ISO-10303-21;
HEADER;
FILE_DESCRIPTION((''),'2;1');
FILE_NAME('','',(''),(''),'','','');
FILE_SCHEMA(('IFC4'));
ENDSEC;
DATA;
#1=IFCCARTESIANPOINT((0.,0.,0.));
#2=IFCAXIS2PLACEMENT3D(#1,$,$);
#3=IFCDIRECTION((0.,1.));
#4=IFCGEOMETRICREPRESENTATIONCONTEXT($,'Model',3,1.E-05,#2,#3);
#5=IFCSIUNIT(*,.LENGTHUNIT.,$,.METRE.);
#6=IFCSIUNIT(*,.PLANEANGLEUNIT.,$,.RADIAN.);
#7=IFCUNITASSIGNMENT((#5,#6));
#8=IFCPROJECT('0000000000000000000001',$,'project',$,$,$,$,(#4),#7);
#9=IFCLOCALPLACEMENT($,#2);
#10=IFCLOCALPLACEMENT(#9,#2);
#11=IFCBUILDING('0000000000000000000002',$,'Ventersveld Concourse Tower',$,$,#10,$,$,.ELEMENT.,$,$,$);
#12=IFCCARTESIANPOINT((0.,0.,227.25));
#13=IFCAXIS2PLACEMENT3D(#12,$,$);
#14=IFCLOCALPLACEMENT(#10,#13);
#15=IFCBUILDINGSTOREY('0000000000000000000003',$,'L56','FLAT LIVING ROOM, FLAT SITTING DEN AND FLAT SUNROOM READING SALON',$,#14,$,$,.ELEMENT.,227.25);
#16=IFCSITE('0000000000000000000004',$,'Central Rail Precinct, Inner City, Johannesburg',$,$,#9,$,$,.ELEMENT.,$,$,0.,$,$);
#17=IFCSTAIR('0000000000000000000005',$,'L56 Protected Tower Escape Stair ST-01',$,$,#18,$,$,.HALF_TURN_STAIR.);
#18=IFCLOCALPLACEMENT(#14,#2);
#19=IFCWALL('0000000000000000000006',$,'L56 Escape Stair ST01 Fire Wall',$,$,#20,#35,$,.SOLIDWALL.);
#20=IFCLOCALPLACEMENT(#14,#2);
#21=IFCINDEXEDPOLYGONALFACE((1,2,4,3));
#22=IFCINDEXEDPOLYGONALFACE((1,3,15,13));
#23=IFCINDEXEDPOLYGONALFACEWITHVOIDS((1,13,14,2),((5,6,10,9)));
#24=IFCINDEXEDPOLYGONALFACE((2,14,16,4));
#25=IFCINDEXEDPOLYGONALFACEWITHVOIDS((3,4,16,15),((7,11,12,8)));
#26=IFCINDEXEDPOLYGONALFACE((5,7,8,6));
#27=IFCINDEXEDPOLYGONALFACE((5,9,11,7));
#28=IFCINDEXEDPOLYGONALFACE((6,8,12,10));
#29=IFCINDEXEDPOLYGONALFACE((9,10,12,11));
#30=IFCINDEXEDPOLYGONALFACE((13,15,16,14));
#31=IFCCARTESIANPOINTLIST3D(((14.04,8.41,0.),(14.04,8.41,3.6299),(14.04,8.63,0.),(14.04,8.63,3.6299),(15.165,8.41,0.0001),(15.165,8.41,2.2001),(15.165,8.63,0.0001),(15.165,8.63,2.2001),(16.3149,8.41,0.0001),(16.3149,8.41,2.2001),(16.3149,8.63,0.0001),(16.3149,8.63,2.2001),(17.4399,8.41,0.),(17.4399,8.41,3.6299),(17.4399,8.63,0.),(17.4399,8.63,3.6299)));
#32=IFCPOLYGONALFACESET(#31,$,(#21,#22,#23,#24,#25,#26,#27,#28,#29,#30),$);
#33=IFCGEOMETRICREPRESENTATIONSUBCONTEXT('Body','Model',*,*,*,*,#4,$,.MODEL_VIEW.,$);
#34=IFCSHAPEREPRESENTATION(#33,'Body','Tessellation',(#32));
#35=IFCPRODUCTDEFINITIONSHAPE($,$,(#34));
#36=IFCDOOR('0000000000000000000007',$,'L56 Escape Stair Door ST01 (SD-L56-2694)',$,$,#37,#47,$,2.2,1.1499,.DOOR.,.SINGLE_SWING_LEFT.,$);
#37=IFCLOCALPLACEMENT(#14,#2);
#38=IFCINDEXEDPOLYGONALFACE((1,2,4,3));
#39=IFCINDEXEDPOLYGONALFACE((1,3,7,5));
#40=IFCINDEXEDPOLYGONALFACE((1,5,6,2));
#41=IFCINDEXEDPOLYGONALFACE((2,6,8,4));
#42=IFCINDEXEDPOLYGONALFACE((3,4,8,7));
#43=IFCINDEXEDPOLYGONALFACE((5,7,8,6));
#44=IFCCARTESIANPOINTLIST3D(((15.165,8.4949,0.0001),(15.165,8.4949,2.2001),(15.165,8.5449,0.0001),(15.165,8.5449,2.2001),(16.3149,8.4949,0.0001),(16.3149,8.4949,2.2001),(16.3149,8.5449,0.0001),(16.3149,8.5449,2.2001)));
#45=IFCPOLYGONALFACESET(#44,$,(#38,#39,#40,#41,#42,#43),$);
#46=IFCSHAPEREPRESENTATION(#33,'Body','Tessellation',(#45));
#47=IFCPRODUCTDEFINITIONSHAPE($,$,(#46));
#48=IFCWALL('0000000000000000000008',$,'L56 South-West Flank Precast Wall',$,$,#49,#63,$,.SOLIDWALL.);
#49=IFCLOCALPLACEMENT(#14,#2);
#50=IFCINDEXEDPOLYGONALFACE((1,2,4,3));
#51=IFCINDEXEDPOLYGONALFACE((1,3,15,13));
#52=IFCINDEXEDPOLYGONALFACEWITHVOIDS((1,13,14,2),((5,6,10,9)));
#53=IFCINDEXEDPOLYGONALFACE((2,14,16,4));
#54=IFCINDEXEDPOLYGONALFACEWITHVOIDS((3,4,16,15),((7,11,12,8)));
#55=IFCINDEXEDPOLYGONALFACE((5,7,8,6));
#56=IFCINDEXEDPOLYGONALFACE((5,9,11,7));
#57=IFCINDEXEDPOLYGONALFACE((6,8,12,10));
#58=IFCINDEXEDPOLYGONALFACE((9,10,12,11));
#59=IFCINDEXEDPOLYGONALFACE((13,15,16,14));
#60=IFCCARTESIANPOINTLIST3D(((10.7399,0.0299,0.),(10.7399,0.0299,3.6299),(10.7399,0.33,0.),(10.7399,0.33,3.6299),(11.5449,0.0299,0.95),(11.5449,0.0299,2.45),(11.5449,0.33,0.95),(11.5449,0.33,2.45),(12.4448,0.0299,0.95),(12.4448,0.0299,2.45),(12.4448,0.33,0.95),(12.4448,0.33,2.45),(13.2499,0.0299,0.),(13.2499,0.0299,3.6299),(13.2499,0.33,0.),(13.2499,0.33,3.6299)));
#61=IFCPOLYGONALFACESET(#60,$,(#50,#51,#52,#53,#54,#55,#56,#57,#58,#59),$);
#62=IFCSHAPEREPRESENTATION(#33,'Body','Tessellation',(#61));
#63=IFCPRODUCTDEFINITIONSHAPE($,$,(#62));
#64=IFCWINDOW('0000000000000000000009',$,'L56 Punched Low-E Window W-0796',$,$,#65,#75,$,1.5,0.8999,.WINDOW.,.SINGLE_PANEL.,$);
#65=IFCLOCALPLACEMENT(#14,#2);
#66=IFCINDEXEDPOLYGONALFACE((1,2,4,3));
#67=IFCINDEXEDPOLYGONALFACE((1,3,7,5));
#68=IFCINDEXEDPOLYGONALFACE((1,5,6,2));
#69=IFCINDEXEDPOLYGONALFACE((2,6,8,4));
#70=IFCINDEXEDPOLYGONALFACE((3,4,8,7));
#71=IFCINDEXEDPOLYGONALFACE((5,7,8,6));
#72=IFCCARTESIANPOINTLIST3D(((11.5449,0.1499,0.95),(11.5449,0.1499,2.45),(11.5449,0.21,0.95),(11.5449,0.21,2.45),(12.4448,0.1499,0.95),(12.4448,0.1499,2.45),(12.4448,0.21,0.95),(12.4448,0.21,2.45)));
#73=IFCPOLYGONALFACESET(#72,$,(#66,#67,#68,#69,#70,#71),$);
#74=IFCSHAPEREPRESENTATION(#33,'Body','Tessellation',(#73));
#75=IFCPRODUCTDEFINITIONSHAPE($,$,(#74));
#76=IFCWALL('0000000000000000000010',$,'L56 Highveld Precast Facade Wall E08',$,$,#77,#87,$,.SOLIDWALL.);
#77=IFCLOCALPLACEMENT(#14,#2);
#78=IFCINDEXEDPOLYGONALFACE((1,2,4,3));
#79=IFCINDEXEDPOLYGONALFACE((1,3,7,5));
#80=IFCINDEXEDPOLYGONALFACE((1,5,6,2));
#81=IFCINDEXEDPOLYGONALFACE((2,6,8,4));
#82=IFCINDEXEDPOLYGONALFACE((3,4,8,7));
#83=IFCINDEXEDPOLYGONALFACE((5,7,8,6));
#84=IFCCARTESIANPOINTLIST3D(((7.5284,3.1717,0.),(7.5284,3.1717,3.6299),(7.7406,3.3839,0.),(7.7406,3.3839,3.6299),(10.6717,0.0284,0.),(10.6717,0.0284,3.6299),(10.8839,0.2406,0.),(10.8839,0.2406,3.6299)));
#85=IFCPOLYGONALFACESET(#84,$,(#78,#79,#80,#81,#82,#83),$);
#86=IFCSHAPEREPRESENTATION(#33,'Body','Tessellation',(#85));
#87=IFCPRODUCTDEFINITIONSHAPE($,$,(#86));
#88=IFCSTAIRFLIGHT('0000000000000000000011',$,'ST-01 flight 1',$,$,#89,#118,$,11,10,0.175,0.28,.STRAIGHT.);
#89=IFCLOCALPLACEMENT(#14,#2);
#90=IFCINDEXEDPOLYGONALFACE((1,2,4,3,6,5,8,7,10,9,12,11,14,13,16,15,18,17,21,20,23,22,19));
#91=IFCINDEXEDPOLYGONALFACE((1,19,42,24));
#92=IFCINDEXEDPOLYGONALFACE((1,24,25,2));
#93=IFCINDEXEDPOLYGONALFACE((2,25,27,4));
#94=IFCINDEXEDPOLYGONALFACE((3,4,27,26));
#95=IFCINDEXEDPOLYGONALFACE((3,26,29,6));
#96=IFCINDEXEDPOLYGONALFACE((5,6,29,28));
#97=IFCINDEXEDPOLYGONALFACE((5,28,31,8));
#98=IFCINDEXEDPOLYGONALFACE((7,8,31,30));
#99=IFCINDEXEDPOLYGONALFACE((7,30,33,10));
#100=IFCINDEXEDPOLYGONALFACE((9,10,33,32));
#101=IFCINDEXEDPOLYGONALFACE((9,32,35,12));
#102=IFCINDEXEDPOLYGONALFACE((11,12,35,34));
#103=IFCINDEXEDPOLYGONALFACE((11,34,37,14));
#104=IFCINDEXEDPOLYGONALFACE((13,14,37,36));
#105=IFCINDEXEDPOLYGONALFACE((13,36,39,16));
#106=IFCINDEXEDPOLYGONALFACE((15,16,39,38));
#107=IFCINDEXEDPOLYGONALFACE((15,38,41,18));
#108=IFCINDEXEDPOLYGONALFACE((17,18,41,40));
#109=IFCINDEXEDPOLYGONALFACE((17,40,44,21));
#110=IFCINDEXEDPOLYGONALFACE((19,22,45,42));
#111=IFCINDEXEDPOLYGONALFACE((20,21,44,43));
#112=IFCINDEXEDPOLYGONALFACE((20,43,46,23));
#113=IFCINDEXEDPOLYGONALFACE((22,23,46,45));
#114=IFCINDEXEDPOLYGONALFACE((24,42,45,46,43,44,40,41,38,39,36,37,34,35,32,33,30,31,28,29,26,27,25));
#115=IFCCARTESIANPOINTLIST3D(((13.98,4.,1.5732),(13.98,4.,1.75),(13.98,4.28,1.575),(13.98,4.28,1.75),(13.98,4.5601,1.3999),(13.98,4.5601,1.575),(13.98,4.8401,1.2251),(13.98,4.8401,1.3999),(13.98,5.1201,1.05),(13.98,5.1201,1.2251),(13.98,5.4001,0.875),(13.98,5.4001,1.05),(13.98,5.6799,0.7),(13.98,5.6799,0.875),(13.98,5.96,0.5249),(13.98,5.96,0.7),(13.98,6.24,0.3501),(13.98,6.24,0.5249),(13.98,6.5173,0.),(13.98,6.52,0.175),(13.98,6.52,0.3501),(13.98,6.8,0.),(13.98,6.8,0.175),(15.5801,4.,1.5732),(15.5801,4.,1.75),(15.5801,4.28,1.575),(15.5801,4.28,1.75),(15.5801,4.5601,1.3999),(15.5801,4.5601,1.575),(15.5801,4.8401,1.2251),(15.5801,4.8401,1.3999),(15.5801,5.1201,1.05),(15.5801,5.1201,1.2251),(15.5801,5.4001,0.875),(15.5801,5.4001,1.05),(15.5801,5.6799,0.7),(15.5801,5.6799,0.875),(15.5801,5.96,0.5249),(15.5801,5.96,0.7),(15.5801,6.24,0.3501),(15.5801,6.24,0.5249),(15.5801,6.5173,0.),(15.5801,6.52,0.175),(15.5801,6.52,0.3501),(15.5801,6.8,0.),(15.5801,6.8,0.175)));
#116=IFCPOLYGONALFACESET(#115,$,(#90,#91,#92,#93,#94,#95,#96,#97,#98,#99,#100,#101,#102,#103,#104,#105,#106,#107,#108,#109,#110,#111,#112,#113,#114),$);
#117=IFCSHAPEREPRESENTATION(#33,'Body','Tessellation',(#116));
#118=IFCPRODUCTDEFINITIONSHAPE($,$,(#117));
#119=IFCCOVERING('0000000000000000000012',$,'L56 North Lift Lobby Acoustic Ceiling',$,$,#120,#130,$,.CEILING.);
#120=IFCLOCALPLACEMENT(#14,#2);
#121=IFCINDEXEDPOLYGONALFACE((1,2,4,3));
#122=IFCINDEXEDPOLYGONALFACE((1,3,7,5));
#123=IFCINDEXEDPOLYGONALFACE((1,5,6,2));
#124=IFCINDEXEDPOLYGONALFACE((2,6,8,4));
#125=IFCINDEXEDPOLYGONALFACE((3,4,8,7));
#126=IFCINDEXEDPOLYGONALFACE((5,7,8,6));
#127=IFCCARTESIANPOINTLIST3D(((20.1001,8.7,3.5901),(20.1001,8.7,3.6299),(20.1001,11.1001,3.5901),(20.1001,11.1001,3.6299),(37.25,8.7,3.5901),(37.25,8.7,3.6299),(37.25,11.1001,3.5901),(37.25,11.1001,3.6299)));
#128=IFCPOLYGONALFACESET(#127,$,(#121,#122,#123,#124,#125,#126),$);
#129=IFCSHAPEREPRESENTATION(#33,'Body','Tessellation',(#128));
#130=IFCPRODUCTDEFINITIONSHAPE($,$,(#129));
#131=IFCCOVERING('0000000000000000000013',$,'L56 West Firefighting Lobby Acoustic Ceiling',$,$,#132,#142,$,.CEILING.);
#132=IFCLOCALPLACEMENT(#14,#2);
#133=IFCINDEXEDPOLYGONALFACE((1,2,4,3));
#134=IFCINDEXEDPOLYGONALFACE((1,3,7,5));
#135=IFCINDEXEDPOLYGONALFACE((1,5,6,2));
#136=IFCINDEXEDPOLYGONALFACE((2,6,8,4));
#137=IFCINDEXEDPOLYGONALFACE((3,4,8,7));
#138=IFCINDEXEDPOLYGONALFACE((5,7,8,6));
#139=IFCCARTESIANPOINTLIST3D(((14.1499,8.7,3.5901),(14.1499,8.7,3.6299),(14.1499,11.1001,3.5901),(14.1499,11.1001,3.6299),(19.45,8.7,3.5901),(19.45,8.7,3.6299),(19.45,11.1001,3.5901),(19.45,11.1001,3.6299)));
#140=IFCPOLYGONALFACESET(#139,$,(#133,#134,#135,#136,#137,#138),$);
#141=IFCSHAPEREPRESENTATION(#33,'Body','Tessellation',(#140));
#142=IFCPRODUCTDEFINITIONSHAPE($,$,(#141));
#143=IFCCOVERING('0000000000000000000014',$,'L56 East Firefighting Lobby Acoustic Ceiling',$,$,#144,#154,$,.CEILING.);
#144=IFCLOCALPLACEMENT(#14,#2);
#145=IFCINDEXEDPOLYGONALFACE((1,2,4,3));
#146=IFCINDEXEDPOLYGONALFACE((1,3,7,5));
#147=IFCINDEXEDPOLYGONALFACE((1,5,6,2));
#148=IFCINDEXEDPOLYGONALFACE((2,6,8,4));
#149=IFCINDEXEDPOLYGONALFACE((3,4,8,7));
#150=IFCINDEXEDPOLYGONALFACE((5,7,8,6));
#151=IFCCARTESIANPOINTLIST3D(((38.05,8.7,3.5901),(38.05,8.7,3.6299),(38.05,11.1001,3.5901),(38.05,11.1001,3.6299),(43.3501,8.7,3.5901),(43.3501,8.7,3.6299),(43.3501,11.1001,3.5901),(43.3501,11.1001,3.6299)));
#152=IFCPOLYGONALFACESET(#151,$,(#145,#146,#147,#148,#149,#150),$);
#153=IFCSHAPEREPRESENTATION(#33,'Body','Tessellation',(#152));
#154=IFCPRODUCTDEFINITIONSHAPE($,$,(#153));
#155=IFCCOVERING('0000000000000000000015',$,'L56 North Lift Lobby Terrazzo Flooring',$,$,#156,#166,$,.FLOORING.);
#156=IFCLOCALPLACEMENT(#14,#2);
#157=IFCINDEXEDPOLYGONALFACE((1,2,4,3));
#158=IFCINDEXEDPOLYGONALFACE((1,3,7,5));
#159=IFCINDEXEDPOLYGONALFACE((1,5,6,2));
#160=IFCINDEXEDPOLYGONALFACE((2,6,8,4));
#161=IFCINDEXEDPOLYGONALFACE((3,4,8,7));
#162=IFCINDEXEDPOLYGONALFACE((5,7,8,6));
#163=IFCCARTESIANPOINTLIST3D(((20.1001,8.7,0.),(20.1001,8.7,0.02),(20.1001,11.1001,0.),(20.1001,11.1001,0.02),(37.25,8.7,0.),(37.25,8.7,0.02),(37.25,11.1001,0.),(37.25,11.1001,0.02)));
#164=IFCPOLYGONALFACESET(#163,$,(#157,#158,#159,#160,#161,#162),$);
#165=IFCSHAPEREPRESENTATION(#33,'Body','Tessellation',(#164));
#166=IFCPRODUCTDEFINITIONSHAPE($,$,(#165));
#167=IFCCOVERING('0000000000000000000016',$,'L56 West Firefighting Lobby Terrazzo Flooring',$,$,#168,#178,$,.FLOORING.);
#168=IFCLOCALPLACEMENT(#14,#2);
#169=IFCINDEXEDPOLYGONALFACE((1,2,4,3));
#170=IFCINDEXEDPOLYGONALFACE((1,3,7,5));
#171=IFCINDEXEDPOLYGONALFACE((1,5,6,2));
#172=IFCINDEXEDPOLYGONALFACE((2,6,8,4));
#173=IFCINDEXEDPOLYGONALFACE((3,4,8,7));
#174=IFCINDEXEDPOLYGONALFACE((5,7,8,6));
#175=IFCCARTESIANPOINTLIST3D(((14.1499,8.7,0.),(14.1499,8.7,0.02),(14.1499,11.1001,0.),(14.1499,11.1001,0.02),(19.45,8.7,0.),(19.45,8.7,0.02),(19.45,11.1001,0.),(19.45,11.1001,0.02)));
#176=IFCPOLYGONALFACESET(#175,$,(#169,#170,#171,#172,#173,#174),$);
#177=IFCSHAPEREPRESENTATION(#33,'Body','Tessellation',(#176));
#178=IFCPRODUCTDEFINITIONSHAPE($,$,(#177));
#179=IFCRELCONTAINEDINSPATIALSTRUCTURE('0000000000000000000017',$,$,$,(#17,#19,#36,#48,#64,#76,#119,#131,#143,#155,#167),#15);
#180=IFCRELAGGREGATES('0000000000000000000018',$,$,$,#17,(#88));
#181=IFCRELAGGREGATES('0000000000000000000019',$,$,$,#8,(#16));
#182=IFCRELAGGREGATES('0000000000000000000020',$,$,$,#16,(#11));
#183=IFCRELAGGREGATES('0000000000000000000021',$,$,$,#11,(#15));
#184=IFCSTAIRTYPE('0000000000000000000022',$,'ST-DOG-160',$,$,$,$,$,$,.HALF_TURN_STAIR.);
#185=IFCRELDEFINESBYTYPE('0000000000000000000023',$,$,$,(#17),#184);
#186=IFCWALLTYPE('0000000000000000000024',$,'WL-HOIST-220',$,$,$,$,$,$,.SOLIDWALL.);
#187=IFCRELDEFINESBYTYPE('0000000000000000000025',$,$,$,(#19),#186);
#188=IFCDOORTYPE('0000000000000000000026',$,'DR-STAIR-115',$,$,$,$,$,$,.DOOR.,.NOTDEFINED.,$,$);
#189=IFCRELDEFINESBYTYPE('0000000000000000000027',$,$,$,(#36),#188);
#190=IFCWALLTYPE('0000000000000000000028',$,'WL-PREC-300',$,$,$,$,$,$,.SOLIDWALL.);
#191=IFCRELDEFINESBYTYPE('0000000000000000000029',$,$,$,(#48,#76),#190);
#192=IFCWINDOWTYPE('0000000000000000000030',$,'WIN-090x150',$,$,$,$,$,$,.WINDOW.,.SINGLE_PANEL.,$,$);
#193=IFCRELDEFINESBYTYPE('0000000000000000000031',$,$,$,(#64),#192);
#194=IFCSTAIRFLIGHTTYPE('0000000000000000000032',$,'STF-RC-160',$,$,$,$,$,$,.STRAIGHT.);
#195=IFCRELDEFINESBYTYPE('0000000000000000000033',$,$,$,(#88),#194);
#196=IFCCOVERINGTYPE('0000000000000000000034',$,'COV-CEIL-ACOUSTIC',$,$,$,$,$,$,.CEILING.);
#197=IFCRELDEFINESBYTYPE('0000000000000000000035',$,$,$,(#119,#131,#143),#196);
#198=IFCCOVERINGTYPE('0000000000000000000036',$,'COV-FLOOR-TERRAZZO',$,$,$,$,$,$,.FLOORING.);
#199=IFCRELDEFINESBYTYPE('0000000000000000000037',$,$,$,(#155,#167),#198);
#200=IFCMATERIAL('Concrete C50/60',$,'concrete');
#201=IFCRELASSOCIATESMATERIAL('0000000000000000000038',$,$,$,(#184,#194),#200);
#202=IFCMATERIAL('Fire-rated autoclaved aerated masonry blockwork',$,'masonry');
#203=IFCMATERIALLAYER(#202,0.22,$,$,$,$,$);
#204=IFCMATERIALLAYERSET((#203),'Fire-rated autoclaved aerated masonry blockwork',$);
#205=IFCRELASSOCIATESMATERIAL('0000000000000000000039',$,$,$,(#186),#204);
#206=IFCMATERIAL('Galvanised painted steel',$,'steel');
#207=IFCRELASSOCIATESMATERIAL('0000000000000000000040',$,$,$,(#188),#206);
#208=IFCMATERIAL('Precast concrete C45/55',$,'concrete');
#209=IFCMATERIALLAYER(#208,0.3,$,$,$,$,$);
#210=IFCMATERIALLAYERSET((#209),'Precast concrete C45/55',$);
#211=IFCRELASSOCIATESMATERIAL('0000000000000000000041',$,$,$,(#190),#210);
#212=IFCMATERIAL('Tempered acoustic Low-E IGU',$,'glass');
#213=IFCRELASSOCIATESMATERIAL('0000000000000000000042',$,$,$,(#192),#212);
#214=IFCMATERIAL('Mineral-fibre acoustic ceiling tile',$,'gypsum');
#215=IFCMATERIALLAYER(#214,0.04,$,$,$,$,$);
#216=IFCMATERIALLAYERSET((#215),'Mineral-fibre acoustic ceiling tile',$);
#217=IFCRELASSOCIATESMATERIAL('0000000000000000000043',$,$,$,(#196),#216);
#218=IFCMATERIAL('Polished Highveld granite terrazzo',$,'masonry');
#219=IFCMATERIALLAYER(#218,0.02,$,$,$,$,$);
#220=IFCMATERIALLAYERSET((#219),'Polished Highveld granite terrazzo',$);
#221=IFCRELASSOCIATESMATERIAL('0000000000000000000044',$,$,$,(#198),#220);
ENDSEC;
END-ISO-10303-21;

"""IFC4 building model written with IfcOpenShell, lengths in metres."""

from ifc_helpers import new_model, si_unit, direction, frame, frame_2d, origin, place, context, subcontext, project, spatial, polyline, rectangle, outline, extrude, material, layer, layer_set, type_object, element, fill, aggregate, save


model = new_model("IFC4")

# Units and contexts
model_context = context("Model", 3, precision=1e-05, world=origin(), true_north=direction((0.0, 1.0)))
body_context = subcontext(model_context, "Body", "Model", "MODEL_VIEW")
ifc_project = project(units=[si_unit("LENGTHUNIT", "METRE"), si_unit("PLANEANGLEUNIT", "RADIAN")], contexts=[model_context])

# Site, building, storey
site_placement = place(None, origin())
site = spatial("IfcSite", under=ifc_project, at=site_placement, Name="Central Rail Precinct, Inner City, Johannesburg", CompositionType="ELEMENT", RefElevation=0.0)
building_placement = place(site_placement, origin())
building = spatial("IfcBuilding", under=site, at=building_placement, Name="Ventersveld Concourse Tower", CompositionType="ELEMENT")
storey_placement = place(building_placement, frame((0.0, 0.0, 227.25)))
storey = spatial("IfcBuildingStorey", under=building, at=storey_placement, Name="L56", Description="FLAT LIVING ROOM, FLAT SITTING DEN AND FLAT SUNROOM READING SALON", CompositionType="ELEMENT", Elevation=227.25)

# Shared definitions
ifc_material_1 = material(Name="Concrete C50/60", Category="concrete")

# Stair
stair_type_1 = type_object("IfcStairType", Name="ST-DOG-160", PredefinedType="HALF_TURN_STAIR", material=ifc_material_1)
stair_1_placement = place(storey_placement, origin())
stair_1 = element("IfcStair", 1, at=stair_1_placement, inside=storey, type_object=stair_type_1, Name="L56 Protected Tower Escape Stair ST-01", PredefinedType="HALF_TURN_STAIR")

# Wall, opening, door
ifc_material_2 = material(Name="Fire-rated autoclaved aerated masonry blockwork", Category="masonry")
ifc_layer_1 = layer(ifc_material_2, 0.22)
ifc_layer_set_1 = layer_set([ifc_layer_1], Name="Fire-rated autoclaved aerated masonry blockwork")
wall_type_1 = type_object("IfcWallType", Name="WL-HOIST-220", PredefinedType="SOLIDWALL", material=ifc_layer_set_1)
wall_1_placement = place(storey_placement, frame((14.04, 8.52, 0.0), z_axis=(0.0, 0.0, 1.0), x_axis=(1.0, 0.0, 0.0)))
wall_1 = element("IfcWall", 2, at=wall_1_placement, inside=storey, type_object=wall_type_1, Name="L56 Escape Stair ST01 Fire Wall", PredefinedType="SOLIDWALL", context=body_context, shape_type="SweptSolid", body=[
    extrude(rectangle(XDim=3.3999, YDim=0.22, at=frame_2d((1.7, 0.0))), origin(), (0.0, 0.0, 1.0), 3.6299),
])
opening_1_placement = place(wall_1_placement, frame((1.125, 0.0, 0.0)))
opening_1 = element("IfcOpeningElement", 3, at=opening_1_placement, cuts=wall_1, PredefinedType="OPENING", context=body_context, shape_type="SweptSolid", body=[
    extrude(rectangle(XDim=1.1499, YDim=2.2, at=frame_2d((0.575, 1.1001))), frame((0.0, 0.1201, 0.0), z_axis=(0.0, -1.0, 0.0), x_axis=(1.0, 0.0, 0.0)), (0.0, 0.0, 1.0), 0.24),
])
ifc_material_3 = material(Name="Galvanised painted steel", Category="steel")
door_type = type_object("IfcDoorType", Name="DR-STAIR-115", OperationType="NOTDEFINED", PredefinedType="DOOR", material=ifc_material_3)
door_placement = place(opening_1_placement, origin())
door = element("IfcDoor", 4, at=door_placement, inside=storey, type_object=door_type, Name="L56 Escape Stair Door ST01 (SD-L56-2694)", OperationType="SINGLE_SWING_LEFT", OverallHeight=2.2, OverallWidth=1.1499, PredefinedType="DOOR", context=body_context, shape_type="SweptSolid", body=[
    extrude(rectangle(XDim=1.1499, YDim=2.2, at=frame_2d((0.575, 1.1001))), frame((0.0, 0.0249, 0.0), z_axis=(0.0, -1.0, 0.0), x_axis=(1.0, 0.0, 0.0)), (0.0, 0.0, 1.0), 0.05),
])
fill(opening_1, door)

# Wall, opening, window
ifc_material_4 = material(Name="Precast concrete C45/55", Category="concrete")
ifc_layer_2 = layer(ifc_material_4, 0.3)
ifc_layer_set_2 = layer_set([ifc_layer_2], Name="Precast concrete C45/55")
wall_type_2 = type_object("IfcWallType", Name="WL-PREC-300", PredefinedType="SOLIDWALL", material=ifc_layer_set_2)
wall_2_placement = place(storey_placement, frame((10.74, 0.1799, 0.0), z_axis=(0.0, 0.0, 1.0), x_axis=(1.0, 0.0, 0.0)))
wall_2 = element("IfcWall", 5, at=wall_2_placement, inside=storey, type_object=wall_type_2, Name="L56 South-West Flank Precast Wall", PredefinedType="SOLIDWALL", context=body_context, shape_type="SweptSolid", body=[
    extrude(rectangle(XDim=2.51, YDim=0.3, at=frame_2d((1.2549, 0.0))), origin(), (0.0, 0.0, 1.0), 3.6299),
])
opening_2_placement = place(wall_2_placement, frame((0.8049, 0.0, 0.95)))
opening_2 = element("IfcOpeningElement", 6, at=opening_2_placement, cuts=wall_2, PredefinedType="OPENING", context=body_context, shape_type="SweptSolid", body=[
    extrude(rectangle(XDim=0.8999, YDim=1.5, at=frame_2d((0.45, 0.75))), frame((0.0, 0.1602, 0.0), z_axis=(0.0, -1.0, 0.0), x_axis=(1.0, 0.0, 0.0)), (0.0, 0.0, 1.0), 0.3201),
])
ifc_material_5 = material(Name="Tempered acoustic Low-E IGU", Category="glass")
window_type = type_object("IfcWindowType", Name="WIN-090x150", PartitioningType="SINGLE_PANEL", PredefinedType="WINDOW", material=ifc_material_5)
window_placement = place(opening_2_placement, origin())
window = element("IfcWindow", 7, at=window_placement, inside=storey, type_object=window_type, Name="L56 Punched Low-E Window W-0796", OverallHeight=1.5, OverallWidth=0.8999, PartitioningType="SINGLE_PANEL", PredefinedType="WINDOW", context=body_context, shape_type="SweptSolid", body=[
    extrude(rectangle(XDim=0.8999, YDim=1.5, at=frame_2d((0.45, 0.75))), frame((0.0, 0.03, 0.0), z_axis=(0.0, -1.0, 0.0), x_axis=(1.0, 0.0, 0.0)), (0.0, 0.0, 1.0), 0.0601),
])
fill(opening_2, window)

# Wall
wall_3_placement = place(storey_placement, frame((7.6345, 3.2778, 0.0), z_axis=(0.0, 0.0, 1.0), x_axis=(0.707107, -0.707107, 0.0)))
element("IfcWall", 8, at=wall_3_placement, inside=storey, type_object=wall_type_2, Name="L56 Highveld Precast Facade Wall E08", PredefinedType="SOLIDWALL", context=body_context, shape_type="SweptSolid", body=[
    extrude(rectangle(XDim=4.4453, YDim=0.3, at=frame_2d((2.2227, 0.0))), origin(), (0.0, 0.0, 1.0), 3.6299),
])

# Stair flight
stair_flight_type = type_object("IfcStairFlightType", Name="STF-RC-160", PredefinedType="STRAIGHT", material=ifc_material_1)
stair_flight_placement = place(storey_placement, frame((14.78, 6.8, 0.0), z_axis=(0.0, 0.0, 1.0), x_axis=(0.0, -1.0, 0.0)))
stair_flight = element("IfcStairFlight", 9, at=stair_flight_placement, type_object=stair_flight_type, Name="ST-01 flight 1", NumberOfRisers=11, NumberOfTreads=10, PredefinedType="STRAIGHT", RiserHeight=0.175, TreadLength=0.28, context=body_context, shape_type="SweptSolid", body=[
    extrude(outline(polyline([(0.0, 0.0), (0.0, 0.175), (0.28, 0.175), (0.28, 0.3501), (0.5601, 0.3501), (0.5601, 0.5249), (0.8401, 0.5249), (0.8401, 0.7), (1.1201, 0.7), (1.1201, 0.875), (1.3999, 0.875), (1.3999, 1.05), (1.6799, 1.05), (1.6799, 1.2251), (1.96, 1.2251), (1.96, 1.3999), (2.24, 1.3999), (2.24, 1.575), (2.52, 1.575), (2.52, 1.75), (2.8, 1.75), (2.8, 1.925), (2.8, 1.5732), (0.2827, 0.0), (0.0, 0.0)])), frame((0.0, 0.8, 0.0), z_axis=(0.0, -1.0, 0.0), x_axis=(1.0, 0.0, 0.0)), (0.0, 0.0, 1.0), 1.6001),
])
aggregate(stair_1, [stair_flight])

# Coverings
ifc_material_6 = material(Name="Mineral-fibre acoustic ceiling tile", Category="gypsum")
ifc_layer_3 = layer(ifc_material_6, 0.04)
ifc_layer_set_3 = layer_set([ifc_layer_3], Name="Mineral-fibre acoustic ceiling tile")
covering_type_1 = type_object("IfcCoveringType", Name="COV-CEIL-ACOUSTIC", PredefinedType="CEILING", material=ifc_layer_set_3)
covering_1_placement = place(storey_placement, frame((0.0, 0.0, 3.5901)))
element("IfcCovering", 10, at=covering_1_placement, inside=storey, type_object=covering_type_1, Name="L56 North Lift Lobby Acoustic Ceiling", PredefinedType="CEILING", context=body_context, shape_type="SweptSolid", body=[
    extrude(outline(polyline([(20.1001, 8.7), (37.25, 8.7), (37.25, 11.1001), (20.1001, 11.1001), (20.1001, 8.7)])), origin(), (0.0, 0.0, 1.0), 0.0398),
])
covering_2_placement = place(storey_placement, frame((0.0, 0.0, 3.5901)))
element("IfcCovering", 11, at=covering_2_placement, inside=storey, type_object=covering_type_1, Name="L56 West Firefighting Lobby Acoustic Ceiling", PredefinedType="CEILING", context=body_context, shape_type="SweptSolid", body=[
    extrude(outline(polyline([(14.1499, 8.7), (19.45, 8.7), (19.45, 11.1001), (14.1499, 11.1001), (14.1499, 8.7)])), origin(), (0.0, 0.0, 1.0), 0.0398),
])
covering_3_placement = place(storey_placement, frame((0.0, 0.0, 3.5901)))
element("IfcCovering", 12, at=covering_3_placement, inside=storey, type_object=covering_type_1, Name="L56 East Firefighting Lobby Acoustic Ceiling", PredefinedType="CEILING", context=body_context, shape_type="SweptSolid", body=[
    extrude(outline(polyline([(38.05, 8.7), (43.3501, 8.7), (43.3501, 11.1001), (38.05, 11.1001), (38.05, 8.7)])), origin(), (0.0, 0.0, 1.0), 0.0398),
])
ifc_material_7 = material(Name="Polished Highveld granite terrazzo", Category="masonry")
ifc_layer_4 = layer(ifc_material_7, 0.02)
ifc_layer_set_4 = layer_set([ifc_layer_4], Name="Polished Highveld granite terrazzo")
covering_type_2 = type_object("IfcCoveringType", Name="COV-FLOOR-TERRAZZO", PredefinedType="FLOORING", material=ifc_layer_set_4)
covering_4_placement = place(storey_placement, origin())
element("IfcCovering", 13, at=covering_4_placement, inside=storey, type_object=covering_type_2, Name="L56 North Lift Lobby Terrazzo Flooring", PredefinedType="FLOORING", context=body_context, shape_type="SweptSolid", body=[
    extrude(outline(polyline([(20.1001, 8.7), (37.25, 8.7), (37.25, 11.1001), (20.1001, 11.1001), (20.1001, 8.7)])), origin(), (0.0, 0.0, 1.0), 0.02),
])
covering_5_placement = place(storey_placement, origin())
element("IfcCovering", 14, at=covering_5_placement, inside=storey, type_object=covering_type_2, Name="L56 West Firefighting Lobby Terrazzo Flooring", PredefinedType="FLOORING", context=body_context, shape_type="SweptSolid", body=[
    extrude(outline(polyline([(14.1499, 8.7), (19.45, 8.7), (19.45, 11.1001), (14.1499, 11.1001), (14.1499, 8.7)])), origin(), (0.0, 0.0, 1.0), 0.02),
])

save(model, "model.ifc")
